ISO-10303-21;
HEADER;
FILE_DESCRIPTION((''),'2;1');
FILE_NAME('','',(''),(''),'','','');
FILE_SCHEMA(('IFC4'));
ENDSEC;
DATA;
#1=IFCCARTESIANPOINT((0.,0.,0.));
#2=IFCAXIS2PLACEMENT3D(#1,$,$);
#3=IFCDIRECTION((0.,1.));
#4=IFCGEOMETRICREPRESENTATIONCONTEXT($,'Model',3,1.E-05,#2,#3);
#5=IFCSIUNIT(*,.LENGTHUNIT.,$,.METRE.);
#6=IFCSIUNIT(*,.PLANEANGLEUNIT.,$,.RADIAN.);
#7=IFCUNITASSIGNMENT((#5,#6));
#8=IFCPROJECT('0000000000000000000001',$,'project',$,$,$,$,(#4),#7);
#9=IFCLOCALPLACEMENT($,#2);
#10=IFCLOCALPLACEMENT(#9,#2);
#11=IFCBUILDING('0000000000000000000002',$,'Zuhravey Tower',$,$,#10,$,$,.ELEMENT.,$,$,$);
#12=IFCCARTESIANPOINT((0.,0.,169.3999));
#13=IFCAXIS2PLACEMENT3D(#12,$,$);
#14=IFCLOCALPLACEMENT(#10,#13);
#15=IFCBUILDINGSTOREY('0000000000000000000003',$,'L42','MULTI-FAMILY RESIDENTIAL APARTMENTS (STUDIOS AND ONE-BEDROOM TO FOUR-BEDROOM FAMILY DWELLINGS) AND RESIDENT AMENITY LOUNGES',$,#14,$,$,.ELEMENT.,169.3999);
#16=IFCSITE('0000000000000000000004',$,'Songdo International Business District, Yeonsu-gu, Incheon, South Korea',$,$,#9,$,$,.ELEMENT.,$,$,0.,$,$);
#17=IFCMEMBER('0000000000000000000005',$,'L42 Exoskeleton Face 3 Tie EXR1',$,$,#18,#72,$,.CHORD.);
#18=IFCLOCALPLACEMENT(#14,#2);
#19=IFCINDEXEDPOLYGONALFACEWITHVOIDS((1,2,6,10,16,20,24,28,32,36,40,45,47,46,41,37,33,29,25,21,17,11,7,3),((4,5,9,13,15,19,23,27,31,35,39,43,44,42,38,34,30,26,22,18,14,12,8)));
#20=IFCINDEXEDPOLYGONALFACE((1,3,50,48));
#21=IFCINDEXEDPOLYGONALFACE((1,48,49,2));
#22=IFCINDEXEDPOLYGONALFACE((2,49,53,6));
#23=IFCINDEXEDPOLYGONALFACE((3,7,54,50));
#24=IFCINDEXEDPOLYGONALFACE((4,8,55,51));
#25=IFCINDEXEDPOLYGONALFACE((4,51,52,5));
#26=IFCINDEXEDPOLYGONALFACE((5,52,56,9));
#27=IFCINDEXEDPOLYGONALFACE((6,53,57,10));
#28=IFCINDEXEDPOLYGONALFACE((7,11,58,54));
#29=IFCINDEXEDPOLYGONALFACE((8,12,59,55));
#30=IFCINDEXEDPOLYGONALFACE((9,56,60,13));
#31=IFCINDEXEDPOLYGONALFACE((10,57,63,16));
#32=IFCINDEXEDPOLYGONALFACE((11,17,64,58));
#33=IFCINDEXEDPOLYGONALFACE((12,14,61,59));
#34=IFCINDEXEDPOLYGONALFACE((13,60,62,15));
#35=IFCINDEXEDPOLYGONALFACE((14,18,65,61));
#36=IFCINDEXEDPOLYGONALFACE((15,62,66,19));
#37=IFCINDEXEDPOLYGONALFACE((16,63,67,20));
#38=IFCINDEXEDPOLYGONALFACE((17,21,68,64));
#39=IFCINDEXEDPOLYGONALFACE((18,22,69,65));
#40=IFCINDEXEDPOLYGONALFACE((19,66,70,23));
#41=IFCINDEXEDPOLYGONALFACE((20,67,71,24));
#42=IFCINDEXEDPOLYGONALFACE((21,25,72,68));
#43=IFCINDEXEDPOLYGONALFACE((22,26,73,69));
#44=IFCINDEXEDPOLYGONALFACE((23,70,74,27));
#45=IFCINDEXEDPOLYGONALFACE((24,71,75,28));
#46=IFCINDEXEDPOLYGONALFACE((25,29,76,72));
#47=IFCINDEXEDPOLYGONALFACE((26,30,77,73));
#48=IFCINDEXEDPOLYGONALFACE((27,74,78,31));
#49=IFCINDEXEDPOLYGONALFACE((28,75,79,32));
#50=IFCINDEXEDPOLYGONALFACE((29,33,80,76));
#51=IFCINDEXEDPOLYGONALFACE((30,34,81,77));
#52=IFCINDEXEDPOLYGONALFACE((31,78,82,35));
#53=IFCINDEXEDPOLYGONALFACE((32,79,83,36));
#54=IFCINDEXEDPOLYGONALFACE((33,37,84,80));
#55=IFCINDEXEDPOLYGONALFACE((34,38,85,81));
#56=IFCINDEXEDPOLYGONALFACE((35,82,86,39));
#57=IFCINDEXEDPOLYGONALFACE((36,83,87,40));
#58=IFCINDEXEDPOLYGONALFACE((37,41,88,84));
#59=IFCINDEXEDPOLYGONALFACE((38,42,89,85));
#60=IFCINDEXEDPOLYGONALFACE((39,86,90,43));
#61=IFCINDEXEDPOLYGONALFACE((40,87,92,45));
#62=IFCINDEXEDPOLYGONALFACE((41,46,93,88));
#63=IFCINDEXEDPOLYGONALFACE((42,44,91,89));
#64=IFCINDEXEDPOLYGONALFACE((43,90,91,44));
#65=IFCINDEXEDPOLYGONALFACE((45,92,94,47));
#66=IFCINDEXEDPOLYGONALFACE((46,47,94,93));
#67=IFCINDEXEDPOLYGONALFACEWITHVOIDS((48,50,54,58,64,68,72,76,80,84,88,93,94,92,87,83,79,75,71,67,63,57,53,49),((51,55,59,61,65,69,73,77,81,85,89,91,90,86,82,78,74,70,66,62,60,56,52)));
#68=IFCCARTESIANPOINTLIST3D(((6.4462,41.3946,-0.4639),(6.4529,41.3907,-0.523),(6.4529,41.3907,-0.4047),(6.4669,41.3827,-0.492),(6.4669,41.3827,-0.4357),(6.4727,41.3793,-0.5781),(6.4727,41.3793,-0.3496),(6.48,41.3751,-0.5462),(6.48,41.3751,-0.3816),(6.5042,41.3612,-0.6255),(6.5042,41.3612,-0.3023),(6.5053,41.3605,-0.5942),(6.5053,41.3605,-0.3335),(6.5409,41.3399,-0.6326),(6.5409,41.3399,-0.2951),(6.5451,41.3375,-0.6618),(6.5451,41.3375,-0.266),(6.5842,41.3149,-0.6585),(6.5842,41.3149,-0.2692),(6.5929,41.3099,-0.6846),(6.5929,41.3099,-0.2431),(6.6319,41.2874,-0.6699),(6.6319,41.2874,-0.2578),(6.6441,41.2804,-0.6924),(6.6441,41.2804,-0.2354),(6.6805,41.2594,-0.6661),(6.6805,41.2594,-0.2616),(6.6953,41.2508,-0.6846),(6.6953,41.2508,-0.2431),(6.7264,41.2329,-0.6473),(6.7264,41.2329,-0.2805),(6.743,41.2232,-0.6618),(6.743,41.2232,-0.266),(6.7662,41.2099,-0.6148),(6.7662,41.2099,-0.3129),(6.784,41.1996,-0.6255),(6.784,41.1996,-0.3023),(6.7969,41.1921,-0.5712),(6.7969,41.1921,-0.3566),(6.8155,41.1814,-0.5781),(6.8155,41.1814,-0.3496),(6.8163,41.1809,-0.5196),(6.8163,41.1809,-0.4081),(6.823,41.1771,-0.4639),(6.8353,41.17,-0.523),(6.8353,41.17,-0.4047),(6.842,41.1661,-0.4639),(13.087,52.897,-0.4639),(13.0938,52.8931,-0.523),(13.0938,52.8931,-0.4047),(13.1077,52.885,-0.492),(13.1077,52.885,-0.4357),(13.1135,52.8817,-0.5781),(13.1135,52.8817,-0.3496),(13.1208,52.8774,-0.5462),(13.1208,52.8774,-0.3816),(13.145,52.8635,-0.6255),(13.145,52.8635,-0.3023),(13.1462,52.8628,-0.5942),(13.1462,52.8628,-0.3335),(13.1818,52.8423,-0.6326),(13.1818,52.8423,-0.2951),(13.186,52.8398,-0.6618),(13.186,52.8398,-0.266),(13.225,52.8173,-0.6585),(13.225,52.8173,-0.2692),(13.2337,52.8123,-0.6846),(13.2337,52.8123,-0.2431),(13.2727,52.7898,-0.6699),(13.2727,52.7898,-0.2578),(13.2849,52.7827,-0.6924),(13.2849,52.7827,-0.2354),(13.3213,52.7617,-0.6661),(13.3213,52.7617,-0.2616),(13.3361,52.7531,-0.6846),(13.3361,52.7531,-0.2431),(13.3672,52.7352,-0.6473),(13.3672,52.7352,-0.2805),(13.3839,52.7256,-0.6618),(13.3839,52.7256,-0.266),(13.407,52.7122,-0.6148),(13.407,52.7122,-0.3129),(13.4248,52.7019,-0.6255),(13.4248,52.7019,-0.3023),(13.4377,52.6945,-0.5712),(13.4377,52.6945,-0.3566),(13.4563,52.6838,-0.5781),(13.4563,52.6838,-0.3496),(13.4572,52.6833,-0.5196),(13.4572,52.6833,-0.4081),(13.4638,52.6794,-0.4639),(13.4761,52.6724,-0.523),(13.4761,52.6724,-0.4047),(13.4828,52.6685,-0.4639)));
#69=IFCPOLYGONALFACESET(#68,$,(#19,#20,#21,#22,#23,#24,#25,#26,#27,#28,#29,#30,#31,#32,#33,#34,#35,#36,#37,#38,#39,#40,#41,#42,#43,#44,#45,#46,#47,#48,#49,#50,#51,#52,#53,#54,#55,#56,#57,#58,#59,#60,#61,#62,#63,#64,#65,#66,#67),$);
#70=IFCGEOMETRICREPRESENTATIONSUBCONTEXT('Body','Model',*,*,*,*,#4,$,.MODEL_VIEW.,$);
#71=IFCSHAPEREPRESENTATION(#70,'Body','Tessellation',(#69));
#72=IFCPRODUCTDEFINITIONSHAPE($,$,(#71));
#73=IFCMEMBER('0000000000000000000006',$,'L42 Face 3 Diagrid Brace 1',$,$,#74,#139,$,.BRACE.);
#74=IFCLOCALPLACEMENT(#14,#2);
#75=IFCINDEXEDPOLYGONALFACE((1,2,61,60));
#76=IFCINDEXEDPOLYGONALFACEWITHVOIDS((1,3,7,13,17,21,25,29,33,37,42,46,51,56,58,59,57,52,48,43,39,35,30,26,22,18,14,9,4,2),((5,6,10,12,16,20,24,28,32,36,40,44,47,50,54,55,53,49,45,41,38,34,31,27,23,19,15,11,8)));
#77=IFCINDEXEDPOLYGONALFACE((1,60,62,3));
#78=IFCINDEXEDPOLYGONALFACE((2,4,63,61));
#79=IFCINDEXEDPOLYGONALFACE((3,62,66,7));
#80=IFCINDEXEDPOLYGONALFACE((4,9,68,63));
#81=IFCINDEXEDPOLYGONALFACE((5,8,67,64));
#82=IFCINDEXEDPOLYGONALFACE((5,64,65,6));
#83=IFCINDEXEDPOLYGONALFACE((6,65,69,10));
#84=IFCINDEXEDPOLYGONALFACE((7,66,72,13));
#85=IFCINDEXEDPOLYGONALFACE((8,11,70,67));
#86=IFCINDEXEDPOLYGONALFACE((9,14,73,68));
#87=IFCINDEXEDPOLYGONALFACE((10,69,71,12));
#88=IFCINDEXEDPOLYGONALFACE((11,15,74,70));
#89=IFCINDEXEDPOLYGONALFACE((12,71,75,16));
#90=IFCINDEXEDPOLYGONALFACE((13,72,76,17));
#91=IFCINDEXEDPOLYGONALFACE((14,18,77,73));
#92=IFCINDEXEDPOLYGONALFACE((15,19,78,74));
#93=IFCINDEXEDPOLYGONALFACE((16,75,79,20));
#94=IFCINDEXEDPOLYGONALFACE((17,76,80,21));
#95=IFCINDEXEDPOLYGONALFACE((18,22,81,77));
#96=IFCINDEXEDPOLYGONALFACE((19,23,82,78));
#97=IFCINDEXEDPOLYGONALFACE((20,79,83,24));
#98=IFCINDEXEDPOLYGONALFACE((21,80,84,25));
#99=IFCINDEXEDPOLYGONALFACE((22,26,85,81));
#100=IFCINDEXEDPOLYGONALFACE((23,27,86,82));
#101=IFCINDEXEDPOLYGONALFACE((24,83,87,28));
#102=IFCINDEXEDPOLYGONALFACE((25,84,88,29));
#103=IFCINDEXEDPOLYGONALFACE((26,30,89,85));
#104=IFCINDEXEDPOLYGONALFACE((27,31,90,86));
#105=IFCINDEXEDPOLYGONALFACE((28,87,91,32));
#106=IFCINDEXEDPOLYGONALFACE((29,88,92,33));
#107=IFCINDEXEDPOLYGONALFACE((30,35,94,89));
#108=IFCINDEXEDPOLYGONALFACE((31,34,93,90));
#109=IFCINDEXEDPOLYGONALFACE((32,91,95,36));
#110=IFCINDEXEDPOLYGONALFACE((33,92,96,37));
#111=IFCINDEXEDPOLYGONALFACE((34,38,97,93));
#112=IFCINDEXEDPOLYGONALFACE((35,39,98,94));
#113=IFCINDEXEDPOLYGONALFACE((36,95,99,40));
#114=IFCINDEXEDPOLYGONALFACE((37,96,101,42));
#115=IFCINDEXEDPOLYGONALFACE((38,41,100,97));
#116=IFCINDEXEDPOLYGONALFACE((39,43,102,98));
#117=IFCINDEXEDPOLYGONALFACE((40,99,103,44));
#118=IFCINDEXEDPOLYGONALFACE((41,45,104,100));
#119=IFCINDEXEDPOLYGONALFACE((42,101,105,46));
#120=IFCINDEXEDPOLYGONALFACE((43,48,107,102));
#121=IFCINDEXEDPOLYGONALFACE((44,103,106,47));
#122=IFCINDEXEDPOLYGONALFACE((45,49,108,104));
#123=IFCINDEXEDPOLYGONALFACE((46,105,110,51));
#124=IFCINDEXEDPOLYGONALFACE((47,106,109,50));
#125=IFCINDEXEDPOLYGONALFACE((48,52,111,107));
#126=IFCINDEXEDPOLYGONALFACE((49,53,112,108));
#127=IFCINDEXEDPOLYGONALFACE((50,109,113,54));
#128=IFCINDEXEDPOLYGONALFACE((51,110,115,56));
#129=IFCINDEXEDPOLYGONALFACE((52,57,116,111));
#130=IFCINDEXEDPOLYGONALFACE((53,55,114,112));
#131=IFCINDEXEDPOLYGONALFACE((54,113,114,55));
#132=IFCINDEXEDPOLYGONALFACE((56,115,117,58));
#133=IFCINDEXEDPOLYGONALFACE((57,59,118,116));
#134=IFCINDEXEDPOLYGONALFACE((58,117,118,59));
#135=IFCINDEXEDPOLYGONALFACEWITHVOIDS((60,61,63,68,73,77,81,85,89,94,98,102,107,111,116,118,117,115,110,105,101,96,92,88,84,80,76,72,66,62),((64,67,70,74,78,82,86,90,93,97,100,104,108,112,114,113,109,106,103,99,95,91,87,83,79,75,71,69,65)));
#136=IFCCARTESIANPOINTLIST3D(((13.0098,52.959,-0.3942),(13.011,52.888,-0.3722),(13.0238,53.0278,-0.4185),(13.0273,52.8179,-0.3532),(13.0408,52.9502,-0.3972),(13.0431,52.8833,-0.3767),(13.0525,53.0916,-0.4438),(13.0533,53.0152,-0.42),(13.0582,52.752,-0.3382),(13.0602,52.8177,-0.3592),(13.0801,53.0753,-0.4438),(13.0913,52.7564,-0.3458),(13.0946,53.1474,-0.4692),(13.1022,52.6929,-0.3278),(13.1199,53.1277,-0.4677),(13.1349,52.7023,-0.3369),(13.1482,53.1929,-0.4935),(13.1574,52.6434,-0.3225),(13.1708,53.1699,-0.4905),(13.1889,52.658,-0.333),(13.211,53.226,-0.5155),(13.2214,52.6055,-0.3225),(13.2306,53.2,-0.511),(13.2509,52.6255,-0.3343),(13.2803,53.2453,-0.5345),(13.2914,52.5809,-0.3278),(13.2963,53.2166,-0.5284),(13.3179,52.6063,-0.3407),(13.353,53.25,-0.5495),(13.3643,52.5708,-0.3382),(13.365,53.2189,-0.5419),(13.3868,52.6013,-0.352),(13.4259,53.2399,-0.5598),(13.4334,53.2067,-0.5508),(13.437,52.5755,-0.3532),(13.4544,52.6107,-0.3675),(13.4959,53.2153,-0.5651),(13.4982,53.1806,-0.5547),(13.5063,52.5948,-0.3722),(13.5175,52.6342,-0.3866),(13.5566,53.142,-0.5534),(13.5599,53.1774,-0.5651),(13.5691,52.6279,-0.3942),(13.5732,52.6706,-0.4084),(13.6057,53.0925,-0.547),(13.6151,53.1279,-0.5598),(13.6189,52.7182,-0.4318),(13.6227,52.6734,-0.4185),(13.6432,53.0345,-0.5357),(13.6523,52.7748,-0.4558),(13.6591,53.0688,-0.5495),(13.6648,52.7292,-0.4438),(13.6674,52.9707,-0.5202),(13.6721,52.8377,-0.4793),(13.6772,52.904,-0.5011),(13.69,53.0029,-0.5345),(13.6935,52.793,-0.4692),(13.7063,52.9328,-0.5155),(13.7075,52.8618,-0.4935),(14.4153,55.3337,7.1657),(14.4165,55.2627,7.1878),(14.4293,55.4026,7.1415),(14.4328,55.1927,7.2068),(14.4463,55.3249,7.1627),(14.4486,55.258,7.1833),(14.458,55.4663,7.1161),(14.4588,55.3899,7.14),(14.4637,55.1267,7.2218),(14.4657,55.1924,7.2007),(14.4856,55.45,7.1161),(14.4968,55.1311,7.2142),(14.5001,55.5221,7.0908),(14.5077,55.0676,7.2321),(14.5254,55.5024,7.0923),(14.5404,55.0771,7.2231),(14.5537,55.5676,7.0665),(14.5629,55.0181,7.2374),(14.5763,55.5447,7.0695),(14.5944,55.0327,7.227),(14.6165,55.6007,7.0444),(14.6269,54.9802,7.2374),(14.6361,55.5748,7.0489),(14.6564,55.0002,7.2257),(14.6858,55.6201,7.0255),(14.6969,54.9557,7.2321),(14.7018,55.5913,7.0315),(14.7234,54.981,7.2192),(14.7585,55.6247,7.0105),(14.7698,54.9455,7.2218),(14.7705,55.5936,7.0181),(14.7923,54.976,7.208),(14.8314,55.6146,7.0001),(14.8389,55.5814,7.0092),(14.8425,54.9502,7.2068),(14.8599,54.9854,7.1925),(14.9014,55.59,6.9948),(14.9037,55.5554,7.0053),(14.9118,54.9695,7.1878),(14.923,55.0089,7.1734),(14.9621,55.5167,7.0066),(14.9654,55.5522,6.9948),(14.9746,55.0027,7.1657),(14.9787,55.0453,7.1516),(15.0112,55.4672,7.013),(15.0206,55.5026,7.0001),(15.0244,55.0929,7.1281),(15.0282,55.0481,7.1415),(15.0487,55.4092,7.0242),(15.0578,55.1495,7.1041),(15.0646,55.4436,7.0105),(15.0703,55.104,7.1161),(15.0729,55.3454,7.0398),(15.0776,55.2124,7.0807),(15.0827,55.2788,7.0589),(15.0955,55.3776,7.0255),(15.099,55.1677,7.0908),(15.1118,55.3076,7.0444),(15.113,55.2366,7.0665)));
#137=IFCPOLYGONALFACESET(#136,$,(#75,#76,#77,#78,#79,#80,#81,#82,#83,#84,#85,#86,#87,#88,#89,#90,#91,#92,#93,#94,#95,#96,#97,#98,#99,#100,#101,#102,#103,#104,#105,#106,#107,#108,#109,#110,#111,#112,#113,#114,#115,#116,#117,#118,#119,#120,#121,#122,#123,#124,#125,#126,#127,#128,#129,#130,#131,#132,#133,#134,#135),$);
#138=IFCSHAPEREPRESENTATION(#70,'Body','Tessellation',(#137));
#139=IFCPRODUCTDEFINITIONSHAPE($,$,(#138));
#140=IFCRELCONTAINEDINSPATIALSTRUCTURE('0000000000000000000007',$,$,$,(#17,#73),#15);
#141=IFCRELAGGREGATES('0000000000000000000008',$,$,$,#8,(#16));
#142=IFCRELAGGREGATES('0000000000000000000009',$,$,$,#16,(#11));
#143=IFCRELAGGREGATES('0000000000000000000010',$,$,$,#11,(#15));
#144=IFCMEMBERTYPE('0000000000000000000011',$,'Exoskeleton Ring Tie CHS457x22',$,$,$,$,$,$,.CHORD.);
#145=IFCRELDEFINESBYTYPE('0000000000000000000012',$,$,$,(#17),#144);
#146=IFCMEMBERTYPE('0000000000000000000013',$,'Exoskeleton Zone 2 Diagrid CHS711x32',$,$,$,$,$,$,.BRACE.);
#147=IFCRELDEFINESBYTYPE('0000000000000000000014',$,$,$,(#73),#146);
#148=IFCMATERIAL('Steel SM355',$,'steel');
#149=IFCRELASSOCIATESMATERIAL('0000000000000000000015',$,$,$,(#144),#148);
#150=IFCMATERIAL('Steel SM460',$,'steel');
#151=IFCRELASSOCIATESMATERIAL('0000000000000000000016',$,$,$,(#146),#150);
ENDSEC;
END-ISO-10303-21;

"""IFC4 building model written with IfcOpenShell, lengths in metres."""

from ifc_helpers import new_model, si_unit, direction, frame, origin, origin_2d, place, context, subcontext, project, spatial, hollow_circle, extrude, material, material_profile, profile_set, type_object, element, save


model = new_model("IFC4")

# Units and contexts
model_context = context("Model", 3, precision=1e-05, world=origin(), true_north=direction((0.0, 1.0)))
body_context = subcontext(model_context, "Body", "Model", "MODEL_VIEW")
ifc_project = project(units=[si_unit("LENGTHUNIT", "METRE"), si_unit("PLANEANGLEUNIT", "RADIAN")], contexts=[model_context])

# Site, building, storey
site_placement = place(None, origin())
site = spatial("IfcSite", under=ifc_project, at=site_placement, Name="Songdo International Business District, Yeonsu-gu, Incheon, South Korea", CompositionType="ELEMENT", RefElevation=0.0)
building_placement = place(site_placement, origin())
building = spatial("IfcBuilding", under=site, at=building_placement, Name="Zuhravey Tower", CompositionType="ELEMENT")
storey_placement = place(building_placement, frame((0.0, 0.0, 169.3999)))
storey = spatial("IfcBuildingStorey", under=building, at=storey_placement, Name="L42", Description="MULTI-FAMILY RESIDENTIAL APARTMENTS (STUDIOS AND ONE-BEDROOM TO FOUR-BEDROOM FAMILY DWELLINGS) AND RESIDENT AMENITY LOUNGES", CompositionType="ELEMENT", Elevation=169.3999)

# Members
ifc_material_1 = material(Name="Steel SM355", Category="steel")
ifc_material_profile_1 = material_profile(ifc_material_1, hollow_circle(Radius=0.2285, WallThickness=0.022, at=origin_2d()), Name="CHS-457.2x22")
ifc_profile_set_1 = profile_set([ifc_material_profile_1], Name="Steel SM355")
member_type_1 = type_object("IfcMemberType", Name="Exoskeleton Ring Tie CHS457x22", PredefinedType="CHORD", material=ifc_profile_set_1)
member_1_placement = place(storey_placement, frame((13.2849, 52.7827, -0.4639), z_axis=(-0.499996, -0.866028, 0.0), x_axis=(0.866028, -0.499996, 0.0)))
element("IfcMember", 1, at=member_1_placement, inside=storey, type_object=member_type_1, Name="L42 Exoskeleton Face 3 Tie EXR1", PredefinedType="CHORD", context=body_context, shape_type="SweptSolid", body=[
    extrude(hollow_circle(Radius=0.2285, WallThickness=0.022, at=origin_2d()), origin(), (0.0, 0.0, 1.0), 13.2817),
])
ifc_material_2 = material(Name="Steel SM460", Category="steel")
ifc_material_profile_2 = material_profile(ifc_material_2, hollow_circle(Radius=0.3557, WallThickness=0.032, at=origin_2d()), Name="CHS-711.2x32")
ifc_profile_set_2 = profile_set([ifc_material_profile_2], Name="Steel SM460")
member_type_2 = type_object("IfcMemberType", Name="Exoskeleton Zone 2 Diagrid CHS711x32", PredefinedType="BRACE", material=ifc_profile_set_2)
member_2_placement = place(storey_placement, frame((13.3586, 52.9104, -0.4438), z_axis=(0.174643, 0.295076, 0.939377), x_axis=(-0.860569, 0.509334, 0.0)))
element("IfcMember", 2, at=member_2_placement, inside=storey, type_object=member_type_2, Name="L42 Face 3 Diagrid Brace 1", PredefinedType="BRACE", context=body_context, shape_type="SweptSolid", body=[
    extrude(hollow_circle(Radius=0.3557, WallThickness=0.032, at=origin_2d()), origin(), (0.0, 0.0, 1.0), 8.0479),
])

save(model, "model.ifc")
